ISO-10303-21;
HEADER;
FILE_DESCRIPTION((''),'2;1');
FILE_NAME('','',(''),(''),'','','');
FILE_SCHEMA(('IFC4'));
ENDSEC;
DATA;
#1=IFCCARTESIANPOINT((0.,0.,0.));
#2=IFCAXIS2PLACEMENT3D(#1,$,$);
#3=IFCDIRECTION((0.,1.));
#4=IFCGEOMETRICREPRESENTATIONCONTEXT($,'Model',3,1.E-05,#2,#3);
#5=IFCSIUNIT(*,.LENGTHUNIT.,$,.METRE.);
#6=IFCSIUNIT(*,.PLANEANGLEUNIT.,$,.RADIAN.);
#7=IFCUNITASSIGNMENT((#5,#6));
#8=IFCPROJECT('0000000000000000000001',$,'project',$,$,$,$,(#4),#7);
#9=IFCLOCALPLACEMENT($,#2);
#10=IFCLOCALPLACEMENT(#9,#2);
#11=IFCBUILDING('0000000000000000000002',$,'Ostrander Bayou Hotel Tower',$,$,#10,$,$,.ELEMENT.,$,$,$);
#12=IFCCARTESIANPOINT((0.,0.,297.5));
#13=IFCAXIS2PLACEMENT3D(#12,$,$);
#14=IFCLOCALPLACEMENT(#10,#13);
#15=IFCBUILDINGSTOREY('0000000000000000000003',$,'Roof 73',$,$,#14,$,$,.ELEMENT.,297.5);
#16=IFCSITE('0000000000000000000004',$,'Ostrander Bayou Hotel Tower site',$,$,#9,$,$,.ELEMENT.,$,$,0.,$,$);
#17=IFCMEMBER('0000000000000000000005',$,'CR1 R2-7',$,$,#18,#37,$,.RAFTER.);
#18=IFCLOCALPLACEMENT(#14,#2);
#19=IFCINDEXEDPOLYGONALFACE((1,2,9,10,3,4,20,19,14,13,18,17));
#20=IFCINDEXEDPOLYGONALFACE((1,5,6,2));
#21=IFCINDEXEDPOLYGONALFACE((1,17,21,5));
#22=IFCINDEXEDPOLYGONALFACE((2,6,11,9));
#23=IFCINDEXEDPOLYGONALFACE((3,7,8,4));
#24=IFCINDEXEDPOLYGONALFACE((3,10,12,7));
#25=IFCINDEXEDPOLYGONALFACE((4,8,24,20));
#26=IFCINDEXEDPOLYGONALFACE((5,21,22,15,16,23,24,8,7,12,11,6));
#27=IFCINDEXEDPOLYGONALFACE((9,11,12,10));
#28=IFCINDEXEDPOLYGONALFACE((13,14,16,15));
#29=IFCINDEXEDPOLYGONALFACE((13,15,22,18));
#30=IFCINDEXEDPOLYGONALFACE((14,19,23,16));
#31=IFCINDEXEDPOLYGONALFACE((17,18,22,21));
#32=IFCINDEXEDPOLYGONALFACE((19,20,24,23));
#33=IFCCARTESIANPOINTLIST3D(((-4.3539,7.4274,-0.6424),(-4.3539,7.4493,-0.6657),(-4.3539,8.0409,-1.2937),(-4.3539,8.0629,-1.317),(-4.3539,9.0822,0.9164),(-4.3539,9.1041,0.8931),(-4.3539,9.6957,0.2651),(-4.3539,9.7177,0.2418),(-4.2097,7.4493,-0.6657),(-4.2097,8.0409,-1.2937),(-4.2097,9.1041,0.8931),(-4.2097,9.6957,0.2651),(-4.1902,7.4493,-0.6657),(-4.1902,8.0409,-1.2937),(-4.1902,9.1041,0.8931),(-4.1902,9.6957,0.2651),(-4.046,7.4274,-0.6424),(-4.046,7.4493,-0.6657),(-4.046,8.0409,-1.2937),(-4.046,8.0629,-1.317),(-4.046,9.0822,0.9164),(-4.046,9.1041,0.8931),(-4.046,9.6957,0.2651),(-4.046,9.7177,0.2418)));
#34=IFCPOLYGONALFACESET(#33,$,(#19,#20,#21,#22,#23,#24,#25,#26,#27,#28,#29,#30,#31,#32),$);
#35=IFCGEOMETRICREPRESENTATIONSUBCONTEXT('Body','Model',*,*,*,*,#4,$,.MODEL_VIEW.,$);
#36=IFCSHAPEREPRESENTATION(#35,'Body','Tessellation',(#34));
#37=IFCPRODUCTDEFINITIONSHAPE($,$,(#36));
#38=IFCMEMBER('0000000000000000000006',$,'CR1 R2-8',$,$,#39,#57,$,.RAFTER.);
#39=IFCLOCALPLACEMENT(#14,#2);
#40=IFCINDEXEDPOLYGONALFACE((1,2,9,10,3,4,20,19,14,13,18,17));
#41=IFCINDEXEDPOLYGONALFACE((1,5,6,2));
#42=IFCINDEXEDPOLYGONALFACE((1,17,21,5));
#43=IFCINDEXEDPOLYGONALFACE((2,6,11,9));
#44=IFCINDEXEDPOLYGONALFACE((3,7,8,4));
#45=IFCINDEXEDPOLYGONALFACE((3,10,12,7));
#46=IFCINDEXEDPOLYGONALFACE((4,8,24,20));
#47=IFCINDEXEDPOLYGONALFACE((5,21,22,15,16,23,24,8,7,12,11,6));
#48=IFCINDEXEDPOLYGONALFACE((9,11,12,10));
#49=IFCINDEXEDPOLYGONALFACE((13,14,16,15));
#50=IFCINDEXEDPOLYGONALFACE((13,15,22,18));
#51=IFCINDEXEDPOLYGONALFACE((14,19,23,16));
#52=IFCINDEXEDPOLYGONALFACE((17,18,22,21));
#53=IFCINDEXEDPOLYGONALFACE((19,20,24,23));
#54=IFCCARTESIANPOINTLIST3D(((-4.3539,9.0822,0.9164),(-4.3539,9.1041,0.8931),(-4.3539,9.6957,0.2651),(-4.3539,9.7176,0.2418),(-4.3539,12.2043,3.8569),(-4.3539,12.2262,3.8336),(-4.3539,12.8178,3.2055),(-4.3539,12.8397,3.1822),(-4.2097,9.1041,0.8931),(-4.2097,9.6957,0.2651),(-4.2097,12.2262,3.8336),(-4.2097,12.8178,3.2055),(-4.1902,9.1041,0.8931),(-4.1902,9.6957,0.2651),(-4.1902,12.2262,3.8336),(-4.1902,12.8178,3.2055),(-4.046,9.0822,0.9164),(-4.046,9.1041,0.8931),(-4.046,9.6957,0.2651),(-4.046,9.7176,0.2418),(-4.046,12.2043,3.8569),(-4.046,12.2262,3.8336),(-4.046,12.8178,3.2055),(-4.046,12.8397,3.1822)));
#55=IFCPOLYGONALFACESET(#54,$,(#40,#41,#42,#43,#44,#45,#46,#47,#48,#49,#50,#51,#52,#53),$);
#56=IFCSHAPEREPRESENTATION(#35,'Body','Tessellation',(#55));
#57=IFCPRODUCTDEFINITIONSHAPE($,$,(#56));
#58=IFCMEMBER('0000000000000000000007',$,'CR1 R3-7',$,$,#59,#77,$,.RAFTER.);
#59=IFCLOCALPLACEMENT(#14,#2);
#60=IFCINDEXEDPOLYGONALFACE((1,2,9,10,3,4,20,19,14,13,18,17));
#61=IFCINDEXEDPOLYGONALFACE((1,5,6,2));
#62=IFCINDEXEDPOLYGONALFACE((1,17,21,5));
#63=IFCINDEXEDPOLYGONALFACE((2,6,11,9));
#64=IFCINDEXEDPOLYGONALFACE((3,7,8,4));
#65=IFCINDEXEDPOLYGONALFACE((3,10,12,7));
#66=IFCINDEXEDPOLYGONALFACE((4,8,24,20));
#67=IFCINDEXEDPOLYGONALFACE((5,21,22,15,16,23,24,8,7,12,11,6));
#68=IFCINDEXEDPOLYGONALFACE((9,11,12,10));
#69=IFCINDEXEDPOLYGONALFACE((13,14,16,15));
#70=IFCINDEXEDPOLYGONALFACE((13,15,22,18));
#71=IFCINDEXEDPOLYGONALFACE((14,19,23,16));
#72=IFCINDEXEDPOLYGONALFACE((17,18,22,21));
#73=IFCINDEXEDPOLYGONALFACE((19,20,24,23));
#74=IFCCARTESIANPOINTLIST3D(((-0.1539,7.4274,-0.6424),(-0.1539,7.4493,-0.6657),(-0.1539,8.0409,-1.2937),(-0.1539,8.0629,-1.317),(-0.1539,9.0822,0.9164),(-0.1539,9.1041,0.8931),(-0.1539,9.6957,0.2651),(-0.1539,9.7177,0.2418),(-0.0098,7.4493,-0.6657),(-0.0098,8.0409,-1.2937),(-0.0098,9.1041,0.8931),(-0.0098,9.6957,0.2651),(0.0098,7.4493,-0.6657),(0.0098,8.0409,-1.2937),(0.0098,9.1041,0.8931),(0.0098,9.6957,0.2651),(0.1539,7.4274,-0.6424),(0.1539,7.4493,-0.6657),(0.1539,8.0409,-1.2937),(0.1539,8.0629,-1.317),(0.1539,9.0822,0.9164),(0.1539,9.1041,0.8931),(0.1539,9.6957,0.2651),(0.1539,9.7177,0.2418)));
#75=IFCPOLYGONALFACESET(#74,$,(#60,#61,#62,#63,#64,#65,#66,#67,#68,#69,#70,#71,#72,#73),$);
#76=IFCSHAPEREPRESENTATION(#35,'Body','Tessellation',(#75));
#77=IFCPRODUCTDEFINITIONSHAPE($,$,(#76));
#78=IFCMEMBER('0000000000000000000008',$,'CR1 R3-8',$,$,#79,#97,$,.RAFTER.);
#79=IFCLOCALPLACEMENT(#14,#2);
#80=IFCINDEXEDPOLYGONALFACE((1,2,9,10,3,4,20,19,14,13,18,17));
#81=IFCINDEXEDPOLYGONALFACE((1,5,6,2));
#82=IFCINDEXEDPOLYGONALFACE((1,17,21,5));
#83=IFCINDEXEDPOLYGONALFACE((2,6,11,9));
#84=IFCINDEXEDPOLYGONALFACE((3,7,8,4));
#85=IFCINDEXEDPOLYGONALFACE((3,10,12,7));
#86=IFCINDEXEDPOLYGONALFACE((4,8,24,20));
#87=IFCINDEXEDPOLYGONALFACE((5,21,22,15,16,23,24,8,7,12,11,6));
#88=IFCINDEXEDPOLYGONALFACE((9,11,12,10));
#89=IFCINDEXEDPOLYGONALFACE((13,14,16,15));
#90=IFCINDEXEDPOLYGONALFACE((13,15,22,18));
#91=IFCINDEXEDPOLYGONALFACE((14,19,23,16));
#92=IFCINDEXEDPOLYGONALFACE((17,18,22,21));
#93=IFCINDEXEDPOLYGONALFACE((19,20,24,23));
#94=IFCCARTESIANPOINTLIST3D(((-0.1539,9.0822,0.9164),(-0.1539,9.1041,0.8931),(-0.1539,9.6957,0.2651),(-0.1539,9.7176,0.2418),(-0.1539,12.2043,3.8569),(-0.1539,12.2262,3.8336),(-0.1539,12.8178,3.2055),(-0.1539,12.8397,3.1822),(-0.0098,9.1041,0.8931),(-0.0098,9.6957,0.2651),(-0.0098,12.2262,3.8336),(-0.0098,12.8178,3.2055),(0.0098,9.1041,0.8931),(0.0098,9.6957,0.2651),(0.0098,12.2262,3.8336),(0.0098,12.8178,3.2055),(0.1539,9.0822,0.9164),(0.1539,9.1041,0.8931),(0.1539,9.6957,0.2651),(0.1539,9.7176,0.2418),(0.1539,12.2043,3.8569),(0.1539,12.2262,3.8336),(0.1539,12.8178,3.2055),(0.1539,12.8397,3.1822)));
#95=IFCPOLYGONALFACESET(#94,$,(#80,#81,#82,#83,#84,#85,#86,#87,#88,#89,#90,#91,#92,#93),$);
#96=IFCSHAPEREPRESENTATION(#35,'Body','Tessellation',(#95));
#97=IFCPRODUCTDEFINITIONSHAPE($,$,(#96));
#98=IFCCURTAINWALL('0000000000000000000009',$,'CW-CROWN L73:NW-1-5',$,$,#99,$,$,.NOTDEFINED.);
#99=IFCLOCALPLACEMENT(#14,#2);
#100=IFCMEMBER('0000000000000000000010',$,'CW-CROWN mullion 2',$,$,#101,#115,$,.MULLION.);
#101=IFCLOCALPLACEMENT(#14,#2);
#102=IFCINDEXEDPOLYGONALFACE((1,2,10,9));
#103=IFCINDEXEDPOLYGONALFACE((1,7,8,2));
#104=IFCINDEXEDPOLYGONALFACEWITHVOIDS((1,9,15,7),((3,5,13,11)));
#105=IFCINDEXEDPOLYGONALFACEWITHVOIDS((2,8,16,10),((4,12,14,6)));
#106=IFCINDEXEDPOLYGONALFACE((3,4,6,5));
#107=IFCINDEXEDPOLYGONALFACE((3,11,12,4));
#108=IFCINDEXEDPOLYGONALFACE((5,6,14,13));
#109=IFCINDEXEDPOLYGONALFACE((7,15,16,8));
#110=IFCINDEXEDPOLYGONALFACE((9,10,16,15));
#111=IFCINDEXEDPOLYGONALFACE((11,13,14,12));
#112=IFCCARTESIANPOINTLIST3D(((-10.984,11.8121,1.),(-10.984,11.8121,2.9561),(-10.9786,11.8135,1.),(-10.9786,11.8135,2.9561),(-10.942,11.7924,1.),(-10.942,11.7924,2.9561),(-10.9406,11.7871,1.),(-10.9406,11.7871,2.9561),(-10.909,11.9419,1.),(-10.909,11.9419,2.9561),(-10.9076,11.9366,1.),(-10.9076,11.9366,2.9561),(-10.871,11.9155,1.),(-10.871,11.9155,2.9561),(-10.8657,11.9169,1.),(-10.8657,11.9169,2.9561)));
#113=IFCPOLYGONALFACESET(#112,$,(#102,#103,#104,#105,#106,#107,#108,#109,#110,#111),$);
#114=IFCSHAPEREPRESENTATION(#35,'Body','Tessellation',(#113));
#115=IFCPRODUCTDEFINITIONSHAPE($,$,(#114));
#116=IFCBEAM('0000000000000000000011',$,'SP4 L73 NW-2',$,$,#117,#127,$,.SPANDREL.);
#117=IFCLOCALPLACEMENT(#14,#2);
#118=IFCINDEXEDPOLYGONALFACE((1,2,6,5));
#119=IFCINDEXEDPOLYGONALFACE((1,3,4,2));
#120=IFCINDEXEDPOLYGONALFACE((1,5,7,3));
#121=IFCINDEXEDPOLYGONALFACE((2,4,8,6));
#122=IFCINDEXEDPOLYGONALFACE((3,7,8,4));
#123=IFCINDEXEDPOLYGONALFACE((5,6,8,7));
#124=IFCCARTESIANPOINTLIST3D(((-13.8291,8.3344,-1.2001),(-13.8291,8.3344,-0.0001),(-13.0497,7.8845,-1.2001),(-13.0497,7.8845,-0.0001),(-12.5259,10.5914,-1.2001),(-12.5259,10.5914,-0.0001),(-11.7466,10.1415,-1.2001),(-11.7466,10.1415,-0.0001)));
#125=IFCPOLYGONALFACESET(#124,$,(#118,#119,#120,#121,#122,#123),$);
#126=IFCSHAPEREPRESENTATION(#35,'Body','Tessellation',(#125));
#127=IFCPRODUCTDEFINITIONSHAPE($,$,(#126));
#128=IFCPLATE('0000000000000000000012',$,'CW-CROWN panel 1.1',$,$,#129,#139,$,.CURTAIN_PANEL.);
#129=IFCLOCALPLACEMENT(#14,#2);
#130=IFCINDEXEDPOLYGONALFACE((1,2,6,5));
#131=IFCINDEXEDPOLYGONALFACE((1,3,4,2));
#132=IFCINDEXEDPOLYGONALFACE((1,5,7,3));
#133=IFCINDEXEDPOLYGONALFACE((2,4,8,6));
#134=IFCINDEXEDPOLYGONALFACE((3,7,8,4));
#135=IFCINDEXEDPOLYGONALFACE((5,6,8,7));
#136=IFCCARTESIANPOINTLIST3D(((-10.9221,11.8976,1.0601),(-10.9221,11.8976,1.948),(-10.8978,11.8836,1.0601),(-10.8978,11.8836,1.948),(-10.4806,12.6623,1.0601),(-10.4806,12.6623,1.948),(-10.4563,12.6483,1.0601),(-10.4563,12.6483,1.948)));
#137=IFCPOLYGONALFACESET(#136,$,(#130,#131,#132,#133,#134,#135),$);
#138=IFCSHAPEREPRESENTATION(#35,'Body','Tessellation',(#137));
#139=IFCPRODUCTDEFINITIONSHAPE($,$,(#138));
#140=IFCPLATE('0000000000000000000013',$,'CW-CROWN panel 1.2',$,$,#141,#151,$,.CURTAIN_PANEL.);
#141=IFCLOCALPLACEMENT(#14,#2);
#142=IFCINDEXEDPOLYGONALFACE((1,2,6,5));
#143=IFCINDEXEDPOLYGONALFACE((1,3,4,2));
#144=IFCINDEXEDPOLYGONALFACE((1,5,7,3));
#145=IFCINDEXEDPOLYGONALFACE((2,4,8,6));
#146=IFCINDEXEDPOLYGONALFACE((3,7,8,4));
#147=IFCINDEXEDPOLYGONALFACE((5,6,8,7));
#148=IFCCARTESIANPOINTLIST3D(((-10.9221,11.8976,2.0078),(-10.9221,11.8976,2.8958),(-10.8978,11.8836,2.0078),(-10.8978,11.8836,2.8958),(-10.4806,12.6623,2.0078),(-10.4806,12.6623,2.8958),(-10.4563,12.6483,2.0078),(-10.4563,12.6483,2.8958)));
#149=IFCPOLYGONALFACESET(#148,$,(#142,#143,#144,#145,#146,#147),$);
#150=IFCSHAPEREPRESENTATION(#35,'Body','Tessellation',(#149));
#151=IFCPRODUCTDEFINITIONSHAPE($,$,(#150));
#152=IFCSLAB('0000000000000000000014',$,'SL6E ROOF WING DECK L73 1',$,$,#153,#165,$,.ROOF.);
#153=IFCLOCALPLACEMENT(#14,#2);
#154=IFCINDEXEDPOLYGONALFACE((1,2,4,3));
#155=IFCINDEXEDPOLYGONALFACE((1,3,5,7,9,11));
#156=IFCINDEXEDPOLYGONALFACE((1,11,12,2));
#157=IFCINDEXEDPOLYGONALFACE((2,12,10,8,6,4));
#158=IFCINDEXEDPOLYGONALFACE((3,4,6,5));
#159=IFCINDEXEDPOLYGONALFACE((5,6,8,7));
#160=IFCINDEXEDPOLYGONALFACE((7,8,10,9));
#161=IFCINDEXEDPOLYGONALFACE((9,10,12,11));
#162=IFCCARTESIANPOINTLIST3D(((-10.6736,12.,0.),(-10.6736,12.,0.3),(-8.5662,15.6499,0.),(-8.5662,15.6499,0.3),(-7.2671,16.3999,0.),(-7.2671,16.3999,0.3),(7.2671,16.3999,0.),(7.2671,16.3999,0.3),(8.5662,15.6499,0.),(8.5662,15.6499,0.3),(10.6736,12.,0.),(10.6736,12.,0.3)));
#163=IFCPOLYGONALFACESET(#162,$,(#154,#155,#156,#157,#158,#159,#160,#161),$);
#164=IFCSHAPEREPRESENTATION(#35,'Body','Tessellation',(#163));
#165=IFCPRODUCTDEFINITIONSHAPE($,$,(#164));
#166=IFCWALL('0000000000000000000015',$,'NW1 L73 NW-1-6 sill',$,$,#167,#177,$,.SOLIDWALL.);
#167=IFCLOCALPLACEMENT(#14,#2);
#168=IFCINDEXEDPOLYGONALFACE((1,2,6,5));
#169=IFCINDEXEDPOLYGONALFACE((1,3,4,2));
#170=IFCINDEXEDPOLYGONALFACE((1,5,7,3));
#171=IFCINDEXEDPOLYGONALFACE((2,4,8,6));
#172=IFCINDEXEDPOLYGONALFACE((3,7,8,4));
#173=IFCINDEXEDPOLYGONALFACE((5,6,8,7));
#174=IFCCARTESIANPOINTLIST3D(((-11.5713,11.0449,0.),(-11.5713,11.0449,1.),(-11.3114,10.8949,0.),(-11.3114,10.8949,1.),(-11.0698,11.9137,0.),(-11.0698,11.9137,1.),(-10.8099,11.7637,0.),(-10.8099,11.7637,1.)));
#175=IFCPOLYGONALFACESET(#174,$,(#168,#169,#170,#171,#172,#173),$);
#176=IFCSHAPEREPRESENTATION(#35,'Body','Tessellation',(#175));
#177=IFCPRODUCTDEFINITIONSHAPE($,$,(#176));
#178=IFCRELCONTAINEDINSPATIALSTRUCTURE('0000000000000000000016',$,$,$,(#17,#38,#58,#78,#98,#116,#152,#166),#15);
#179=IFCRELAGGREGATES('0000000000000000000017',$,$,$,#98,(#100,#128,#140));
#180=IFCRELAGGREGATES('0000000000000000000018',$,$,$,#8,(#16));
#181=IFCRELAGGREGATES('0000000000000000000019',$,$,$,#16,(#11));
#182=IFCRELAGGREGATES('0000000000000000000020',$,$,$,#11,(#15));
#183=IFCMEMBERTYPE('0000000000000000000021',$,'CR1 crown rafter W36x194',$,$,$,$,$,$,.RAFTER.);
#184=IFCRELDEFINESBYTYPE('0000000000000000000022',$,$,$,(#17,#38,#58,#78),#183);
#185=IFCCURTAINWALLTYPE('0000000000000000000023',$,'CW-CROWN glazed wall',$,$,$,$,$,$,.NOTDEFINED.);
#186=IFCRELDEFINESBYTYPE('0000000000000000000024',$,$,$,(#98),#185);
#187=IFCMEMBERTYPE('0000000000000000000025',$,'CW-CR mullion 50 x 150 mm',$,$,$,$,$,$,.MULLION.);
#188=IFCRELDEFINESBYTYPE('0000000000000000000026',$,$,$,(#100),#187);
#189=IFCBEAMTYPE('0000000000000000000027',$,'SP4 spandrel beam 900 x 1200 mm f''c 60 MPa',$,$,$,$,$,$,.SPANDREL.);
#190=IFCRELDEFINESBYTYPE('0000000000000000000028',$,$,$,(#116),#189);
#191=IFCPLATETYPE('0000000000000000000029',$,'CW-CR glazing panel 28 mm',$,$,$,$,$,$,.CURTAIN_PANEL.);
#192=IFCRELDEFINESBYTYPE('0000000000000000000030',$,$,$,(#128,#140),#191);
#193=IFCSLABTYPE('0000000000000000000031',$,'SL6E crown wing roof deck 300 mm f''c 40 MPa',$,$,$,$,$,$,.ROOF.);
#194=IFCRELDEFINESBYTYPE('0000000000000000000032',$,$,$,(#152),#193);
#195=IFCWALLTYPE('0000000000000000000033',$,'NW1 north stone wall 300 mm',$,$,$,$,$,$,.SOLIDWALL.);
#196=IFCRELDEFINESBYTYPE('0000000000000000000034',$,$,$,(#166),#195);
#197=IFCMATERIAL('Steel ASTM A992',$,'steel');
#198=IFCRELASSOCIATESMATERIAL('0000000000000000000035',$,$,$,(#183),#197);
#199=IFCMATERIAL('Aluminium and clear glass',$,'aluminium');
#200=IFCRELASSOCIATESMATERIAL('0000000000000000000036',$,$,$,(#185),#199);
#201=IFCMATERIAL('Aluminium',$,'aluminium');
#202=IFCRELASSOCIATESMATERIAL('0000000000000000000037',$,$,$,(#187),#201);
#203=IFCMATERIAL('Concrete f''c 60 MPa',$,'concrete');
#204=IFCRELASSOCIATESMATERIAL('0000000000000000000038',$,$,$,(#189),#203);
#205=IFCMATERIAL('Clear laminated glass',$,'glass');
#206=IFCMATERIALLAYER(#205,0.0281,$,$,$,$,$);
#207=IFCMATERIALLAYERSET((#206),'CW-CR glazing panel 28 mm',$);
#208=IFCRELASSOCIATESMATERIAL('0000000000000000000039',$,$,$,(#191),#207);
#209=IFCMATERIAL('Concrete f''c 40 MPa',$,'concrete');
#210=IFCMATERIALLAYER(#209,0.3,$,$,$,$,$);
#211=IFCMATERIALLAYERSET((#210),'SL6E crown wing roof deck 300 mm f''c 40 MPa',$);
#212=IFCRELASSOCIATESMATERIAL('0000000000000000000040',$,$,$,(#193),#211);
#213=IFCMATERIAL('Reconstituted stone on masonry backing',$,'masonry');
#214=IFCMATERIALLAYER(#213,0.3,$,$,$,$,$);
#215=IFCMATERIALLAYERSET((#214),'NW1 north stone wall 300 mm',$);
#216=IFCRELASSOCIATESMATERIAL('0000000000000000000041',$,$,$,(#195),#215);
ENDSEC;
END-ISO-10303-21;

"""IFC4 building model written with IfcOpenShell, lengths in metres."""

from ifc_helpers import new_model, si_unit, direction, frame, frame_2d, origin, origin_2d, place, context, subcontext, project, spatial, polyline, rectangle, hollow_rectangle, i_section, outline, extrude, material, layer, layer_set, material_profile, profile_set, type_object, element, aggregate, save


model = new_model("IFC4")

# Units and contexts
model_context = context("Model", 3, precision=1e-05, world=origin(), true_north=direction((0.0, 1.0)))
body_context = subcontext(model_context, "Body", "Model", "MODEL_VIEW")
ifc_project = project(units=[si_unit("LENGTHUNIT", "METRE"), si_unit("PLANEANGLEUNIT", "RADIAN")], contexts=[model_context])

# Site, building, storey
site_placement = place(None, origin())
site = spatial("IfcSite", under=ifc_project, at=site_placement, Name="Ostrander Bayou Hotel Tower site", CompositionType="ELEMENT", RefElevation=0.0)
building_placement = place(site_placement, origin())
building = spatial("IfcBuilding", under=site, at=building_placement, Name="Ostrander Bayou Hotel Tower", CompositionType="ELEMENT")
storey_placement = place(building_placement, frame((0.0, 0.0, 297.5)))
storey = spatial("IfcBuildingStorey", under=building, at=storey_placement, Name="Roof 73", CompositionType="ELEMENT", Elevation=297.5)

# Members
ifc_material_1 = material(Name="Steel ASTM A992", Category="steel")
ifc_material_profile_1 = material_profile(ifc_material_1, i_section(OverallWidth=0.3079, OverallDepth=0.9268, WebThickness=0.0195, FlangeThickness=0.032, at=origin_2d()))
ifc_profile_set_1 = profile_set([ifc_material_profile_1], Name="Steel ASTM A992")
member_type_1 = type_object("IfcMemberType", Name="CR1 crown rafter W36x194", PredefinedType="RAFTER", material=ifc_profile_set_1)
member_1_placement = place(storey_placement, frame((-4.2, 7.7451, -0.9797), z_axis=(0.0, 0.727894, 0.68569), x_axis=(-1.0, 0.0, 0.0)))
element("IfcMember", 1, at=member_1_placement, inside=storey, type_object=member_type_1, Name="CR1 R2-7", PredefinedType="RAFTER", context=body_context, shape_type="SweptSolid", body=[
    extrude(i_section(OverallWidth=0.3079, OverallDepth=0.9268, WebThickness=0.0195, FlangeThickness=0.032, at=origin_2d()), origin(), (0.0, 0.0, 1.0), 2.2734),
])
member_2_placement = place(storey_placement, frame((-4.2, 9.3999, 0.5791), z_axis=(0.0, 0.727966, 0.685613), x_axis=(-1.0, 0.0, 0.0)))
element("IfcMember", 2, at=member_2_placement, inside=storey, type_object=member_type_1, Name="CR1 R2-8", PredefinedType="RAFTER", context=body_context, shape_type="SweptSolid", body=[
    extrude(i_section(OverallWidth=0.3079, OverallDepth=0.9268, WebThickness=0.0195, FlangeThickness=0.032, at=origin_2d()), origin(), (0.0, 0.0, 1.0), 4.2888),
])
member_3_placement = place(storey_placement, frame((0.0, 7.7451, -0.9797), z_axis=(0.0, 0.727894, 0.68569), x_axis=(-1.0, 0.0, 0.0)))
element("IfcMember", 3, at=member_3_placement, inside=storey, type_object=member_type_1, Name="CR1 R3-7", PredefinedType="RAFTER", context=body_context, shape_type="SweptSolid", body=[
    extrude(i_section(OverallWidth=0.3079, OverallDepth=0.9268, WebThickness=0.0195, FlangeThickness=0.032, at=origin_2d()), origin(), (0.0, 0.0, 1.0), 2.2734),
])
member_4_placement = place(storey_placement, frame((0.0, 9.3999, 0.5791), z_axis=(0.0, 0.727966, 0.685613), x_axis=(-1.0, 0.0, 0.0)))
element("IfcMember", 4, at=member_4_placement, inside=storey, type_object=member_type_1, Name="CR1 R3-8", PredefinedType="RAFTER", context=body_context, shape_type="SweptSolid", body=[
    extrude(i_section(OverallWidth=0.3079, OverallDepth=0.9268, WebThickness=0.0195, FlangeThickness=0.032, at=origin_2d()), origin(), (0.0, 0.0, 1.0), 4.2888),
])

# Curtain wall, member
ifc_material_2 = material(Name="Aluminium and clear glass", Category="aluminium")
curtain_wall_type = type_object("IfcCurtainWallType", Name="CW-CROWN glazed wall", PredefinedType="NOTDEFINED", material=ifc_material_2)
curtain_wall_placement = place(storey_placement, origin())
curtain_wall = element("IfcCurtainWall", 5, at=curtain_wall_placement, inside=storey, type_object=curtain_wall_type, Name="CW-CROWN L73:NW-1-5", PredefinedType="NOTDEFINED")
ifc_material_3 = material(Name="Aluminium", Category="aluminium")
ifc_material_profile_2 = material_profile(ifc_material_3, hollow_rectangle(XDim=0.05, YDim=0.1499, WallThickness=0.0039, at=origin_2d()))
ifc_profile_set_2 = profile_set([ifc_material_profile_2], Name="Aluminium")
member_type_2 = type_object("IfcMemberType", Name="CW-CR mullion 50 x 150 mm", PredefinedType="MULLION", material=ifc_profile_set_2)
member_5_placement = place(storey_placement, frame((-10.9248, 11.8645, 1.0), z_axis=(0.0, 0.0, 1.0), x_axis=(0.866001, -0.500042, 0.0)))
member_5 = element("IfcMember", 6, at=member_5_placement, type_object=member_type_2, Name="CW-CROWN mullion 2", PredefinedType="MULLION", context=body_context, shape_type="SweptSolid", body=[
    extrude(hollow_rectangle(XDim=0.05, YDim=0.1499, WallThickness=0.0039, at=origin_2d()), origin(), (0.0, 0.0, 1.0), 1.9561),
])

# Beam
ifc_material_4 = material(Name="Concrete f'c 60 MPa", Category="concrete")
ifc_material_profile_3 = material_profile(ifc_material_4, rectangle(XDim=0.8999, YDim=1.2, at=origin_2d()))
ifc_profile_set_3 = profile_set([ifc_material_profile_3], Name="Concrete f'c 60 MPa")
beam_type = type_object("IfcBeamType", Name="SP4 spandrel beam 900 x 1200 mm f'c 60 MPa", PredefinedType="SPANDREL", material=ifc_profile_set_3)
beam_placement = place(storey_placement, frame((-12.1362, 10.3665, -0.6001), z_axis=(-0.500028, -0.866009, 0.0), x_axis=(0.866009, -0.500028, 0.0)))
element("IfcBeam", 7, at=beam_placement, inside=storey, type_object=beam_type, Name="SP4 L73 NW-2", PredefinedType="SPANDREL", context=body_context, shape_type="SweptSolid", body=[
    extrude(rectangle(XDim=0.8999, YDim=1.2, at=origin_2d()), origin(), (0.0, 0.0, 1.0), 2.6062),
])

# Plates
ifc_material_5 = material(Name="Clear laminated glass", Category="glass")
ifc_layer_1 = layer(ifc_material_5, 0.0281)
ifc_layer_set_1 = layer_set([ifc_layer_1], Name="CW-CR glazing panel 28 mm")
plate_type = type_object("IfcPlateType", Name="CW-CR glazing panel 28 mm", PredefinedType="CURTAIN_PANEL", material=ifc_layer_set_1)
plate_1_placement = place(storey_placement, frame((-10.6892, 12.2729, 1.0601), z_axis=(0.0, 0.0, 1.0), x_axis=(-0.500042, -0.866001, 0.0)))
plate_1 = element("IfcPlate", 8, at=plate_1_placement, type_object=plate_type, Name="CW-CROWN panel 1.1", PredefinedType="CURTAIN_PANEL", context=body_context, shape_type="SweptSolid", body=[
    extrude(rectangle(XDim=0.8831, YDim=0.0281, at=origin_2d()), origin(), (0.0, 0.0, 1.0), 0.8879),
])
plate_2_placement = place(storey_placement, frame((-10.6892, 12.2729, 2.0078), z_axis=(0.0, 0.0, 1.0), x_axis=(-0.500042, -0.866001, 0.0)))
plate_2 = element("IfcPlate", 9, at=plate_2_placement, type_object=plate_type, Name="CW-CROWN panel 1.2", PredefinedType="CURTAIN_PANEL", context=body_context, shape_type="SweptSolid", body=[
    extrude(rectangle(XDim=0.8831, YDim=0.0281, at=origin_2d()), origin(), (0.0, 0.0, 1.0), 0.8879),
])
aggregate(curtain_wall, [member_5, plate_1, plate_2])

# Slab
ifc_material_6 = material(Name="Concrete f'c 40 MPa", Category="concrete")
ifc_layer_2 = layer(ifc_material_6, 0.3)
ifc_layer_set_2 = layer_set([ifc_layer_2], Name="SL6E crown wing roof deck 300 mm f'c 40 MPa")
slab_type = type_object("IfcSlabType", Name="SL6E crown wing roof deck 300 mm f'c 40 MPa", PredefinedType="ROOF", material=ifc_layer_set_2)
slab_placement = place(storey_placement, origin())
element("IfcSlab", 10, at=slab_placement, inside=storey, type_object=slab_type, Name="SL6E ROOF WING DECK L73 1", PredefinedType="ROOF", context=body_context, shape_type="SweptSolid", body=[
    extrude(outline(polyline([(-7.2671, 16.3999), (7.2671, 16.3999), (8.5662, 15.6499), (10.6736, 12.0), (-10.6736, 12.0), (-8.5662, 15.6499), (-7.2671, 16.3999)])), origin(), (0.0, 0.0, 1.0), 0.3),
])

# Wall
ifc_material_7 = material(Name="Reconstituted stone on masonry backing", Category="masonry")
ifc_layer_3 = layer(ifc_material_7, 0.3)
ifc_layer_set_3 = layer_set([ifc_layer_3], Name="NW1 north stone wall 300 mm")
wall_type = type_object("IfcWallType", Name="NW1 north stone wall 300 mm", PredefinedType="SOLIDWALL", material=ifc_layer_set_3)
wall_1_placement = place(storey_placement, frame((-10.9399, 11.8386, 0.0), z_axis=(0.0, 0.0, 1.0), x_axis=(-0.499856, -0.866109, 0.0)))
element("IfcWall", 11, at=wall_1_placement, inside=storey, type_object=wall_type, Name="NW1 L73 NW-1-6 sill", PredefinedType="SOLIDWALL", context=body_context, shape_type="SweptSolid", body=[
    extrude(rectangle(XDim=1.0032, YDim=0.3, at=frame_2d((0.5015, 0.0))), origin(), (0.0, 0.0, 1.0), 1.0),
])

save(model, "model.ifc")
